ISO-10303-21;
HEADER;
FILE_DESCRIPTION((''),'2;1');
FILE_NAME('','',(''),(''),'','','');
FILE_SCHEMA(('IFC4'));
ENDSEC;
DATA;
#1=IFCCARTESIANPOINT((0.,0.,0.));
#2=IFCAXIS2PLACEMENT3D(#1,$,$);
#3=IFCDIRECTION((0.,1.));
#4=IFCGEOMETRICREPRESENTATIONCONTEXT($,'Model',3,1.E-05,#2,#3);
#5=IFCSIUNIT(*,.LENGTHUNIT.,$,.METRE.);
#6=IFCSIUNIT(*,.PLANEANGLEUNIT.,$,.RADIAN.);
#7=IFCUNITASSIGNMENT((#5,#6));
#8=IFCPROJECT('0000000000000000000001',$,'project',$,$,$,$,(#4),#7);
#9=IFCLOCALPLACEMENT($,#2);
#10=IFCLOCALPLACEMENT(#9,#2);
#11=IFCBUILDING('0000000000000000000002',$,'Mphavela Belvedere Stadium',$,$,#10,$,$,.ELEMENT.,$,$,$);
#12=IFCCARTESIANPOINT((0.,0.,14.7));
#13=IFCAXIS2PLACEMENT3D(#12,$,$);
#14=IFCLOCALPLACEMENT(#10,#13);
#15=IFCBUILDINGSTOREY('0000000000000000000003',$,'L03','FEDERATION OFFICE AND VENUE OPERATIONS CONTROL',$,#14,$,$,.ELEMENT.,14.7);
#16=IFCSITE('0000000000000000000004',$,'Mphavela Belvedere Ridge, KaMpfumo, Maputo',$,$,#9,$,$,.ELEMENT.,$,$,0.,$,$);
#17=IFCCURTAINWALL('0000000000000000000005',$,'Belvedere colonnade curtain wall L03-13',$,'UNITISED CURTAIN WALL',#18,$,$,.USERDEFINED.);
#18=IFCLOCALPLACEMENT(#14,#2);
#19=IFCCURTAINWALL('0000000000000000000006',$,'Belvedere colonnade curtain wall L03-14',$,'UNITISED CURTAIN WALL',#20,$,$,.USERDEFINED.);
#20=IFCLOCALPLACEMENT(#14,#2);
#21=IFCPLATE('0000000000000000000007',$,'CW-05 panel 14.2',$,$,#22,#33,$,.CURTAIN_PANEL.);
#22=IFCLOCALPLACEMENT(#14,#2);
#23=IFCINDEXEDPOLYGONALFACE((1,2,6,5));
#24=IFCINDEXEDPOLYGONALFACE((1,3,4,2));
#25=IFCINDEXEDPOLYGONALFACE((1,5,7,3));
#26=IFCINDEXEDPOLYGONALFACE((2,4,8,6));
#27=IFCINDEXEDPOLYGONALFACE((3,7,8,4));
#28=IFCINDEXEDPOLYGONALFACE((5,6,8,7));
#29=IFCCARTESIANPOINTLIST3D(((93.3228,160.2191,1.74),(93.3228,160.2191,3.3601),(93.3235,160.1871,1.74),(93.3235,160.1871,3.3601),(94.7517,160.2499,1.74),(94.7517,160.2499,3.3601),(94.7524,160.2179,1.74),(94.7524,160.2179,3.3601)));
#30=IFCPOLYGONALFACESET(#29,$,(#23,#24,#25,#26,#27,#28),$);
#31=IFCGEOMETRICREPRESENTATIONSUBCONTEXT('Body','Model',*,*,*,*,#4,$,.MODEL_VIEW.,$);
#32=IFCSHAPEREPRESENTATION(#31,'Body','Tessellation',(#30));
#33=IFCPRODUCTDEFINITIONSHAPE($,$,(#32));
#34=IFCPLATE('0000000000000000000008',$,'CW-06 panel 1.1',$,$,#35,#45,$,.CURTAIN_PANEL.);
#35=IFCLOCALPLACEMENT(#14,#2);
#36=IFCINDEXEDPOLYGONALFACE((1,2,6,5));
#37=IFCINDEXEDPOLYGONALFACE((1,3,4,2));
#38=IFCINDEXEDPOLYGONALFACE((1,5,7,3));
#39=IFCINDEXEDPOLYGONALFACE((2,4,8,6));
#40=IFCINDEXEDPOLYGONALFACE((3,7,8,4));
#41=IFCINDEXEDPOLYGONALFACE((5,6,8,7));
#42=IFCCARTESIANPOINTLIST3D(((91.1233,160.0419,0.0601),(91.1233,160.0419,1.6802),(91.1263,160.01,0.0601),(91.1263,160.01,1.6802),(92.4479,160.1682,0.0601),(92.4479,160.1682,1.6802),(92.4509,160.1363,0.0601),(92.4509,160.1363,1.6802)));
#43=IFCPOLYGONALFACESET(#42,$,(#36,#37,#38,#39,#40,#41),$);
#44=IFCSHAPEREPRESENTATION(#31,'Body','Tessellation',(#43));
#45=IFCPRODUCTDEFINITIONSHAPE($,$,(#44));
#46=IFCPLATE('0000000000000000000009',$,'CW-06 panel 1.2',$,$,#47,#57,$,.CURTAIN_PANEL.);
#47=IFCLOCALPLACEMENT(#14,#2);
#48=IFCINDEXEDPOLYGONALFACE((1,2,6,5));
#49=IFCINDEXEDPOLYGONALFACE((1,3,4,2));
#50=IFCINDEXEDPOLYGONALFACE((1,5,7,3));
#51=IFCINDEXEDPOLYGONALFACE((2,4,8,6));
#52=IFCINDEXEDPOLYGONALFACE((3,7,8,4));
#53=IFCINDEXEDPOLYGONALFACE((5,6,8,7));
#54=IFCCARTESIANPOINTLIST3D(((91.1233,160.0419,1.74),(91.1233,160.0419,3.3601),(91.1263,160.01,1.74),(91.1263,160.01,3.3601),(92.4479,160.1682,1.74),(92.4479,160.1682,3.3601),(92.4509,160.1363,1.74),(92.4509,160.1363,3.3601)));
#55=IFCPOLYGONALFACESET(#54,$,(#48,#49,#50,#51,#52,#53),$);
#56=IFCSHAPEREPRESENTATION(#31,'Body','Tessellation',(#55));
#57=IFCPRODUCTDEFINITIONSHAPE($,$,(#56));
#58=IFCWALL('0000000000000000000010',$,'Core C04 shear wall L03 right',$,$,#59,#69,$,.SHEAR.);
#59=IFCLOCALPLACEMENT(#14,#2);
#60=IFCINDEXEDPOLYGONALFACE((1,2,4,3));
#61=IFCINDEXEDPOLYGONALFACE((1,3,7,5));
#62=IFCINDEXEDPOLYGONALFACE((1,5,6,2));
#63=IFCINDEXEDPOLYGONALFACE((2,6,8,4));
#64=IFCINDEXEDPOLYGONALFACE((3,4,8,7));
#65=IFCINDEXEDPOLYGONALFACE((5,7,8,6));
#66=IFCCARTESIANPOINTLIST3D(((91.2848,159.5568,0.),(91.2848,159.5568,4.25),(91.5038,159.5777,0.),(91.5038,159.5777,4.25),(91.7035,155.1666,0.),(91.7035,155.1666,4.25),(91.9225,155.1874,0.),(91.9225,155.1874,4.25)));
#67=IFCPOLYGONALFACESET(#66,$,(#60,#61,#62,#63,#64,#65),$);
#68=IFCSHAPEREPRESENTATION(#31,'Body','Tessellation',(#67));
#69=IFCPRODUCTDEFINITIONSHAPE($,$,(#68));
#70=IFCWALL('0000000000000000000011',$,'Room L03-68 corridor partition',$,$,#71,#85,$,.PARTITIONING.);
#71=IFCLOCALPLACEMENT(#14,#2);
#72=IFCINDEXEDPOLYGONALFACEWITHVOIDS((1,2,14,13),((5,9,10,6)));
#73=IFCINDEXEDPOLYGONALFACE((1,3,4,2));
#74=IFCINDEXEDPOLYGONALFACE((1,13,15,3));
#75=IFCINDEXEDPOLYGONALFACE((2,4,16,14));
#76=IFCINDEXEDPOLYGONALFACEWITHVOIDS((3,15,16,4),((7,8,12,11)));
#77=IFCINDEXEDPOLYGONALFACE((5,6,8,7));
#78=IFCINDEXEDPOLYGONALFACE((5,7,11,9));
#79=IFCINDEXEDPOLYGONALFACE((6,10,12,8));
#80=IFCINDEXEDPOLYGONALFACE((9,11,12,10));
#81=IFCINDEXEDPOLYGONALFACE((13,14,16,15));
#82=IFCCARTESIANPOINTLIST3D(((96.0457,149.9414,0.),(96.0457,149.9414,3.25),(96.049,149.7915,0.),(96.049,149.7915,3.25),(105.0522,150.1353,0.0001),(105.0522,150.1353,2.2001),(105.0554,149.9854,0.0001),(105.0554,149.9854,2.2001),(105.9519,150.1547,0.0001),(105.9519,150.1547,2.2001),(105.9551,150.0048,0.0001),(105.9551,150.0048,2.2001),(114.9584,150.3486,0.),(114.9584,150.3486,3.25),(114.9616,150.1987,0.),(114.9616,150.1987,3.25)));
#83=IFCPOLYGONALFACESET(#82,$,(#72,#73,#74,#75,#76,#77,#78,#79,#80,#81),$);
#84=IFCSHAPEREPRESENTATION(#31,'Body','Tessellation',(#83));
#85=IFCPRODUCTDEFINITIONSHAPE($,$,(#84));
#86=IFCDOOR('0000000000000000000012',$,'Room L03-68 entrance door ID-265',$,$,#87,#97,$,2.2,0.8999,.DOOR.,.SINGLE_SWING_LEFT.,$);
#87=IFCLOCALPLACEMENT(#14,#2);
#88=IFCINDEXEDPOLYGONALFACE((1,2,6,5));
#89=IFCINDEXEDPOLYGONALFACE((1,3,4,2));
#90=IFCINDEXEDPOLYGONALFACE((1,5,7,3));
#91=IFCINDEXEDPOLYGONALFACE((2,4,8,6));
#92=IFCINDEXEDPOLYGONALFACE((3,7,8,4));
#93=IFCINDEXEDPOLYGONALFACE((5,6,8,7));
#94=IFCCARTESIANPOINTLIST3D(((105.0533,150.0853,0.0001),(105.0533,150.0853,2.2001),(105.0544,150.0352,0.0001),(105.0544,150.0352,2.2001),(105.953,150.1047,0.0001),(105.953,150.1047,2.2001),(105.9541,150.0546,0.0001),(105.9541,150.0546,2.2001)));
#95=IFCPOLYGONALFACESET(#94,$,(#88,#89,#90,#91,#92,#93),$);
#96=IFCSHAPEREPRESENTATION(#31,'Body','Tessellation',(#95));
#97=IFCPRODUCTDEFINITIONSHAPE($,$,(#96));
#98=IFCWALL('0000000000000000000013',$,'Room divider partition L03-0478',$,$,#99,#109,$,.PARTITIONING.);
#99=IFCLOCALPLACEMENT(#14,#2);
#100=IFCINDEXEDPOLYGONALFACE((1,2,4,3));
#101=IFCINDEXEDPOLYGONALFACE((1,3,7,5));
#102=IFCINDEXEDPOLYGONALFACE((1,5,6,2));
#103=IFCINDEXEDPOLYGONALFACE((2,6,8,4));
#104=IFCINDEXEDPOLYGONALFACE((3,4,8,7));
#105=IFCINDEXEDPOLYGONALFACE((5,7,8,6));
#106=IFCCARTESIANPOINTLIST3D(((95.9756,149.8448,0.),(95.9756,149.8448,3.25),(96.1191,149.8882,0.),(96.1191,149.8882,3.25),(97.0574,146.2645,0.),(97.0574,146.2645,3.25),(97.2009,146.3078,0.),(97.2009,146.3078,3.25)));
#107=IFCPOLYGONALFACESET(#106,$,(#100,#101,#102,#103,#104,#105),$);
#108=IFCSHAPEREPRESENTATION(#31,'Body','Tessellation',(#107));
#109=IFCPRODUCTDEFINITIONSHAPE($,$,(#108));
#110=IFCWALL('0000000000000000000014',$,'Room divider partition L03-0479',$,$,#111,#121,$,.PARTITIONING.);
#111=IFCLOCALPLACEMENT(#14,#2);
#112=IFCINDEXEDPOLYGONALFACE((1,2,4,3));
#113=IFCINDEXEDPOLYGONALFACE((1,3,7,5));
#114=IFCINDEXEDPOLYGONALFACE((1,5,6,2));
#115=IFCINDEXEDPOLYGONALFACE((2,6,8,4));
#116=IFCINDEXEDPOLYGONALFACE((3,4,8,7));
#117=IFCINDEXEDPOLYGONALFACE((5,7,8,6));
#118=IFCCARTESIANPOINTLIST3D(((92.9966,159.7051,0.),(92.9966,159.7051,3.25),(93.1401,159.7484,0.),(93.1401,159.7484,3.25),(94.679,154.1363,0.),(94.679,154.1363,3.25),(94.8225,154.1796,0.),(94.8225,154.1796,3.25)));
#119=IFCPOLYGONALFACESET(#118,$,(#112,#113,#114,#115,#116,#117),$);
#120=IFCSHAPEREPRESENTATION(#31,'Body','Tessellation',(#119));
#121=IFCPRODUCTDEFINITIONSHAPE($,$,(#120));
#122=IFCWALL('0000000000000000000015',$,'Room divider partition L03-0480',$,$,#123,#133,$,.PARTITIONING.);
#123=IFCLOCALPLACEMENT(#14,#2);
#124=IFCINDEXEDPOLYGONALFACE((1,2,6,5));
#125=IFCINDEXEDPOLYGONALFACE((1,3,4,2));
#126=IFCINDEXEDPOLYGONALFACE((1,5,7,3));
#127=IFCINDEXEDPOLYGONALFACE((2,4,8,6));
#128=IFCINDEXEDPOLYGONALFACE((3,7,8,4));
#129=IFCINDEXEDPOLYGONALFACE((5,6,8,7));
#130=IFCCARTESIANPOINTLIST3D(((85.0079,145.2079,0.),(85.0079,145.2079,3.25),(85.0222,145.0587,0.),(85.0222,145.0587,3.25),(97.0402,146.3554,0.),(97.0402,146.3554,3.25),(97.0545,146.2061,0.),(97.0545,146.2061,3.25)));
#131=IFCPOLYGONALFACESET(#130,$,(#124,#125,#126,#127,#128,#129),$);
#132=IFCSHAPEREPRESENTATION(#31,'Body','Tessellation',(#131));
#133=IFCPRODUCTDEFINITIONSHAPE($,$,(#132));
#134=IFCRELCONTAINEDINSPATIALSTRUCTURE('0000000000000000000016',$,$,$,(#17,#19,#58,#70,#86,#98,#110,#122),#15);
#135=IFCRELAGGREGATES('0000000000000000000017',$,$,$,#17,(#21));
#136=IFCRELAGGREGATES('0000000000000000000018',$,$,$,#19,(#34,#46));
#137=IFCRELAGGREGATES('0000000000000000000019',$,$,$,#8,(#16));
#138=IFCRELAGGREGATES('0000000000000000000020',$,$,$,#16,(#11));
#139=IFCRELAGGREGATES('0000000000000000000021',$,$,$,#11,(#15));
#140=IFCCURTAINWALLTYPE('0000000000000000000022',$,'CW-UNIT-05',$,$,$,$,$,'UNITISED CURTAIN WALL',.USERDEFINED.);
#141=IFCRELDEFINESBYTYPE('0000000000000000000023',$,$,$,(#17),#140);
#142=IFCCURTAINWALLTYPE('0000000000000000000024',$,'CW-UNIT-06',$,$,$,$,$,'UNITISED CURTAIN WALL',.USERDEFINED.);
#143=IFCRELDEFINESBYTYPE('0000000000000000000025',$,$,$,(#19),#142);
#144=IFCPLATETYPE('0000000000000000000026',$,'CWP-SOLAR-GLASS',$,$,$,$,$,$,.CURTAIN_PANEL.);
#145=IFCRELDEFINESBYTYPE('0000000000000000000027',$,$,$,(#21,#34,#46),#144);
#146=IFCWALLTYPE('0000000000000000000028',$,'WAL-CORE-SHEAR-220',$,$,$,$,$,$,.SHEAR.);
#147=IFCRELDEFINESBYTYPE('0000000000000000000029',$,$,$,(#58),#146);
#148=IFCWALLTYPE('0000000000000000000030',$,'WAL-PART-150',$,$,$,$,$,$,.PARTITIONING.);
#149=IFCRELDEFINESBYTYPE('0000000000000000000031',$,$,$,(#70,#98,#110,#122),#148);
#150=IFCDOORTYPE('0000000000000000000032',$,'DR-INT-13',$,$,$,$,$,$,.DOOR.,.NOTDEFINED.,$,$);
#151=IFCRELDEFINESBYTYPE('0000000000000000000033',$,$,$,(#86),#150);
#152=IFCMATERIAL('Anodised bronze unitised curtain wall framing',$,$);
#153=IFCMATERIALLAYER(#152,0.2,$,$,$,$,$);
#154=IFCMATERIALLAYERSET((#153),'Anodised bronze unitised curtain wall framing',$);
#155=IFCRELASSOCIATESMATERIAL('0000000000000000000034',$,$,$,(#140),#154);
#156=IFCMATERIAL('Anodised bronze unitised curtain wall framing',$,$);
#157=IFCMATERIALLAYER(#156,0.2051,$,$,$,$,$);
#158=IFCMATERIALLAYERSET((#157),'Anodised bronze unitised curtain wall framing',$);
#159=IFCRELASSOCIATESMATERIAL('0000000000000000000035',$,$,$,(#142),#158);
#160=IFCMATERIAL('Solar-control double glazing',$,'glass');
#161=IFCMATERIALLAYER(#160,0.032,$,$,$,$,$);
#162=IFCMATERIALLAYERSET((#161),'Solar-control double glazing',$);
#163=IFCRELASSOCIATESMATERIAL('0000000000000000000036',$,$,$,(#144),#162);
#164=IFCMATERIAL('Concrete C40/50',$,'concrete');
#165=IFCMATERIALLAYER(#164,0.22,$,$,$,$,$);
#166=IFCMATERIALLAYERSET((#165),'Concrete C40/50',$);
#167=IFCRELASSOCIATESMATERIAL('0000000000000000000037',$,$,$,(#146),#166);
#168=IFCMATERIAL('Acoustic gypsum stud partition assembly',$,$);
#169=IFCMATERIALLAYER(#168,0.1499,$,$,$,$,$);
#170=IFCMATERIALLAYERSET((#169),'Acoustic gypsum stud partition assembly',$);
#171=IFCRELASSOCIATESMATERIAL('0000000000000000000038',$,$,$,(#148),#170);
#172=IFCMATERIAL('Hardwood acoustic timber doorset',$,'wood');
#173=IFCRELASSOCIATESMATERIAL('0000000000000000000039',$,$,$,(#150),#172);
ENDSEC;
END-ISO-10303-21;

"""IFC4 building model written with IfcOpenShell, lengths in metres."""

from ifc_helpers import new_model, si_unit, direction, frame, frame_2d, origin, origin_2d, place, context, subcontext, project, spatial, rectangle, extrude, material, layer, layer_set, type_object, element, fill, aggregate, save


model = new_model("IFC4")

# Units and contexts
model_context = context("Model", 3, precision=1e-05, world=origin(), true_north=direction((0.0, 1.0)))
body_context = subcontext(model_context, "Body", "Model", "MODEL_VIEW")
ifc_project = project(units=[si_unit("LENGTHUNIT", "METRE"), si_unit("PLANEANGLEUNIT", "RADIAN")], contexts=[model_context])

# Site, building, storey
site_placement = place(None, origin())
site = spatial("IfcSite", under=ifc_project, at=site_placement, Name="Mphavela Belvedere Ridge, KaMpfumo, Maputo", CompositionType="ELEMENT", RefElevation=0.0)
building_placement = place(site_placement, origin())
building = spatial("IfcBuilding", under=site, at=building_placement, Name="Mphavela Belvedere Stadium", CompositionType="ELEMENT")
storey_placement = place(building_placement, frame((0.0, 0.0, 14.7)))
storey = spatial("IfcBuildingStorey", under=building, at=storey_placement, Name="L03", Description="FEDERATION OFFICE AND VENUE OPERATIONS CONTROL", CompositionType="ELEMENT", Elevation=14.7)

# Curtain walls
ifc_material_1 = material(Name="Anodised bronze unitised curtain wall framing")
ifc_layer_1 = layer(ifc_material_1, 0.2)
ifc_layer_set_1 = layer_set([ifc_layer_1], Name="Anodised bronze unitised curtain wall framing")
curtain_wall_type_1 = type_object("IfcCurtainWallType", Name="CW-UNIT-05", ElementType="UNITISED CURTAIN WALL", PredefinedType="USERDEFINED", material=ifc_layer_set_1)
curtain_wall_1_placement = place(storey_placement, origin())
curtain_wall_1 = element("IfcCurtainWall", 1, at=curtain_wall_1_placement, inside=storey, type_object=curtain_wall_type_1, Name="Belvedere colonnade curtain wall L03-13", ObjectType="UNITISED CURTAIN WALL", PredefinedType="USERDEFINED")
ifc_material_2 = material(Name="Anodised bronze unitised curtain wall framing")
ifc_layer_2 = layer(ifc_material_2, 0.2051)
ifc_layer_set_2 = layer_set([ifc_layer_2], Name="Anodised bronze unitised curtain wall framing")
curtain_wall_type_2 = type_object("IfcCurtainWallType", Name="CW-UNIT-06", ElementType="UNITISED CURTAIN WALL", PredefinedType="USERDEFINED", material=ifc_layer_set_2)
curtain_wall_2_placement = place(storey_placement, origin())
curtain_wall_2 = element("IfcCurtainWall", 2, at=curtain_wall_2_placement, inside=storey, type_object=curtain_wall_type_2, Name="Belvedere colonnade curtain wall L03-14", ObjectType="UNITISED CURTAIN WALL", PredefinedType="USERDEFINED")

# Plates
ifc_material_3 = material(Name="Solar-control double glazing", Category="glass")
ifc_layer_3 = layer(ifc_material_3, 0.032)
ifc_layer_set_3 = layer_set([ifc_layer_3], Name="Solar-control double glazing")
plate_type = type_object("IfcPlateType", Name="CWP-SOLAR-GLASS", PredefinedType="CURTAIN_PANEL", material=ifc_layer_set_3)
plate_1_placement = place(storey_placement, frame((94.0376, 160.2185, 1.74), z_axis=(0.0, 0.0, 1.0), x_axis=(-0.999768, -0.021531, 0.0)))
plate_1 = element("IfcPlate", 3, at=plate_1_placement, type_object=plate_type, Name="CW-05 panel 14.2", PredefinedType="CURTAIN_PANEL", context=body_context, shape_type="SweptSolid", body=[
    extrude(rectangle(XDim=1.4292, YDim=0.032, at=origin_2d()), origin(), (0.0, 0.0, 1.0), 1.6201),
])
aggregate(curtain_wall_1, [plate_1])
plate_2_placement = place(storey_placement, frame((91.7871, 160.0891, 0.0601), z_axis=(0.0, 0.0, 1.0), x_axis=(-0.995484, -0.094929, 0.0)))
plate_2 = element("IfcPlate", 4, at=plate_2_placement, type_object=plate_type, Name="CW-06 panel 1.1", PredefinedType="CURTAIN_PANEL", context=body_context, shape_type="SweptSolid", body=[
    extrude(rectangle(XDim=1.3306, YDim=0.032, at=origin_2d()), origin(), (0.0, 0.0, 1.0), 1.6201),
])
plate_3_placement = place(storey_placement, frame((91.7871, 160.0891, 1.74), z_axis=(0.0, 0.0, 1.0), x_axis=(-0.995484, -0.094929, 0.0)))
plate_3 = element("IfcPlate", 5, at=plate_3_placement, type_object=plate_type, Name="CW-06 panel 1.2", PredefinedType="CURTAIN_PANEL", context=body_context, shape_type="SweptSolid", body=[
    extrude(rectangle(XDim=1.3306, YDim=0.032, at=origin_2d()), origin(), (0.0, 0.0, 1.0), 1.6201),
])
aggregate(curtain_wall_2, [plate_2, plate_3])

# Wall
ifc_material_4 = material(Name="Concrete C40/50", Category="concrete")
ifc_layer_4 = layer(ifc_material_4, 0.22)
ifc_layer_set_4 = layer_set([ifc_layer_4], Name="Concrete C40/50")
wall_type_1 = type_object("IfcWallType", Name="WAL-CORE-SHEAR-220", PredefinedType="SHEAR", material=ifc_layer_set_4)
wall_1_placement = place(storey_placement, frame((91.813, 155.177, 0.0), z_axis=(0.0, 0.0, 1.0), x_axis=(-0.094942, 0.995483, 0.0)))
element("IfcWall", 6, at=wall_1_placement, inside=storey, type_object=wall_type_1, Name="Core C04 shear wall L03 right", PredefinedType="SHEAR", context=body_context, shape_type="SweptSolid", body=[
    extrude(rectangle(XDim=4.4102, YDim=0.22, at=frame_2d((2.2051, 0.0))), origin(), (0.0, 0.0, 1.0), 4.25),
])

# Wall, opening, door
ifc_material_5 = material(Name="Acoustic gypsum stud partition assembly")
ifc_layer_5 = layer(ifc_material_5, 0.1499)
ifc_layer_set_5 = layer_set([ifc_layer_5], Name="Acoustic gypsum stud partition assembly")
wall_type_2 = type_object("IfcWallType", Name="WAL-PART-150", PredefinedType="PARTITIONING", material=ifc_layer_set_5)
wall_2_placement = place(storey_placement, frame((96.0474, 149.8665, 0.0), z_axis=(0.0, 0.0, 1.0), x_axis=(0.999768, 0.021527, 0.0)))
wall_2 = element("IfcWall", 7, at=wall_2_placement, inside=storey, type_object=wall_type_2, Name="Room L03-68 corridor partition", PredefinedType="PARTITIONING", context=body_context, shape_type="SweptSolid", body=[
    extrude(rectangle(XDim=18.917, YDim=0.1499, at=frame_2d((9.4585, 0.0))), origin(), (0.0, 0.0, 1.0), 3.25),
])
opening_placement = place(wall_2_placement, frame((9.0085, 0.0, 0.0)))
opening = element("IfcOpeningElement", 8, at=opening_placement, cuts=wall_2, PredefinedType="OPENING", context=body_context, shape_type="SweptSolid", body=[
    extrude(rectangle(XDim=0.8999, YDim=2.2, at=frame_2d((0.45, 1.1001))), frame((0.0, 0.085, 0.0), z_axis=(0.0, -1.0, 0.0), x_axis=(1.0, 0.0, 0.0)), (0.0, 0.0, 1.0), 0.1699),
])
ifc_material_6 = material(Name="Hardwood acoustic timber doorset", Category="wood")
door_type = type_object("IfcDoorType", Name="DR-INT-13", OperationType="NOTDEFINED", PredefinedType="DOOR", material=ifc_material_6)
door_placement = place(opening_placement, origin())
door = element("IfcDoor", 9, at=door_placement, inside=storey, type_object=door_type, Name="Room L03-68 entrance door ID-265", OperationType="SINGLE_SWING_LEFT", OverallHeight=2.2, OverallWidth=0.8999, PredefinedType="DOOR", context=body_context, shape_type="SweptSolid", body=[
    extrude(rectangle(XDim=0.8999, YDim=2.2, at=frame_2d((0.45, 1.1001))), frame((0.0, 0.0249, 0.0), z_axis=(0.0, -1.0, 0.0), x_axis=(1.0, 0.0, 0.0)), (0.0, 0.0, 1.0), 0.05),
])
fill(opening, door)

# Walls
wall_3_placement = place(storey_placement, frame((97.1292, 146.2861, 0.0), z_axis=(0.0, 0.0, 1.0), x_axis=(-0.289234, 0.957259, 0.0)))
element("IfcWall", 10, at=wall_3_placement, inside=storey, type_object=wall_type_2, Name="Room divider partition L03-0478", PredefinedType="PARTITIONING", context=body_context, shape_type="SweptSolid", body=[
    extrude(rectangle(XDim=3.7402, YDim=0.1499, at=frame_2d((1.8701, 0.0))), origin(), (0.0, 0.0, 1.0), 3.25),
])
wall_4_placement = place(storey_placement, frame((94.7507, 154.158, 0.0), z_axis=(0.0, 0.0, 1.0), x_axis=(-0.289195, 0.95727, 0.0)))
element("IfcWall", 11, at=wall_4_placement, inside=storey, type_object=wall_type_2, Name="Room divider partition L03-0479", PredefinedType="PARTITIONING", context=body_context, shape_type="SweptSolid", body=[
    extrude(rectangle(XDim=5.8174, YDim=0.1499, at=frame_2d((2.9087, 0.0))), origin(), (0.0, 0.0, 1.0), 3.25),
])
wall_5_placement = place(storey_placement, frame((97.0474, 146.2808, 0.0), z_axis=(0.0, 0.0, 1.0), x_axis=(-0.995483, -0.094935, 0.0)))
element("IfcWall", 12, at=wall_5_placement, inside=storey, type_object=wall_type_2, Name="Room divider partition L03-0480", PredefinedType="PARTITIONING", context=body_context, shape_type="SweptSolid", body=[
    extrude(rectangle(XDim=12.0869, YDim=0.1499, at=frame_2d((6.0435, 0.0))), origin(), (0.0, 0.0, 1.0), 3.25),
])

save(model, "model.ifc")
